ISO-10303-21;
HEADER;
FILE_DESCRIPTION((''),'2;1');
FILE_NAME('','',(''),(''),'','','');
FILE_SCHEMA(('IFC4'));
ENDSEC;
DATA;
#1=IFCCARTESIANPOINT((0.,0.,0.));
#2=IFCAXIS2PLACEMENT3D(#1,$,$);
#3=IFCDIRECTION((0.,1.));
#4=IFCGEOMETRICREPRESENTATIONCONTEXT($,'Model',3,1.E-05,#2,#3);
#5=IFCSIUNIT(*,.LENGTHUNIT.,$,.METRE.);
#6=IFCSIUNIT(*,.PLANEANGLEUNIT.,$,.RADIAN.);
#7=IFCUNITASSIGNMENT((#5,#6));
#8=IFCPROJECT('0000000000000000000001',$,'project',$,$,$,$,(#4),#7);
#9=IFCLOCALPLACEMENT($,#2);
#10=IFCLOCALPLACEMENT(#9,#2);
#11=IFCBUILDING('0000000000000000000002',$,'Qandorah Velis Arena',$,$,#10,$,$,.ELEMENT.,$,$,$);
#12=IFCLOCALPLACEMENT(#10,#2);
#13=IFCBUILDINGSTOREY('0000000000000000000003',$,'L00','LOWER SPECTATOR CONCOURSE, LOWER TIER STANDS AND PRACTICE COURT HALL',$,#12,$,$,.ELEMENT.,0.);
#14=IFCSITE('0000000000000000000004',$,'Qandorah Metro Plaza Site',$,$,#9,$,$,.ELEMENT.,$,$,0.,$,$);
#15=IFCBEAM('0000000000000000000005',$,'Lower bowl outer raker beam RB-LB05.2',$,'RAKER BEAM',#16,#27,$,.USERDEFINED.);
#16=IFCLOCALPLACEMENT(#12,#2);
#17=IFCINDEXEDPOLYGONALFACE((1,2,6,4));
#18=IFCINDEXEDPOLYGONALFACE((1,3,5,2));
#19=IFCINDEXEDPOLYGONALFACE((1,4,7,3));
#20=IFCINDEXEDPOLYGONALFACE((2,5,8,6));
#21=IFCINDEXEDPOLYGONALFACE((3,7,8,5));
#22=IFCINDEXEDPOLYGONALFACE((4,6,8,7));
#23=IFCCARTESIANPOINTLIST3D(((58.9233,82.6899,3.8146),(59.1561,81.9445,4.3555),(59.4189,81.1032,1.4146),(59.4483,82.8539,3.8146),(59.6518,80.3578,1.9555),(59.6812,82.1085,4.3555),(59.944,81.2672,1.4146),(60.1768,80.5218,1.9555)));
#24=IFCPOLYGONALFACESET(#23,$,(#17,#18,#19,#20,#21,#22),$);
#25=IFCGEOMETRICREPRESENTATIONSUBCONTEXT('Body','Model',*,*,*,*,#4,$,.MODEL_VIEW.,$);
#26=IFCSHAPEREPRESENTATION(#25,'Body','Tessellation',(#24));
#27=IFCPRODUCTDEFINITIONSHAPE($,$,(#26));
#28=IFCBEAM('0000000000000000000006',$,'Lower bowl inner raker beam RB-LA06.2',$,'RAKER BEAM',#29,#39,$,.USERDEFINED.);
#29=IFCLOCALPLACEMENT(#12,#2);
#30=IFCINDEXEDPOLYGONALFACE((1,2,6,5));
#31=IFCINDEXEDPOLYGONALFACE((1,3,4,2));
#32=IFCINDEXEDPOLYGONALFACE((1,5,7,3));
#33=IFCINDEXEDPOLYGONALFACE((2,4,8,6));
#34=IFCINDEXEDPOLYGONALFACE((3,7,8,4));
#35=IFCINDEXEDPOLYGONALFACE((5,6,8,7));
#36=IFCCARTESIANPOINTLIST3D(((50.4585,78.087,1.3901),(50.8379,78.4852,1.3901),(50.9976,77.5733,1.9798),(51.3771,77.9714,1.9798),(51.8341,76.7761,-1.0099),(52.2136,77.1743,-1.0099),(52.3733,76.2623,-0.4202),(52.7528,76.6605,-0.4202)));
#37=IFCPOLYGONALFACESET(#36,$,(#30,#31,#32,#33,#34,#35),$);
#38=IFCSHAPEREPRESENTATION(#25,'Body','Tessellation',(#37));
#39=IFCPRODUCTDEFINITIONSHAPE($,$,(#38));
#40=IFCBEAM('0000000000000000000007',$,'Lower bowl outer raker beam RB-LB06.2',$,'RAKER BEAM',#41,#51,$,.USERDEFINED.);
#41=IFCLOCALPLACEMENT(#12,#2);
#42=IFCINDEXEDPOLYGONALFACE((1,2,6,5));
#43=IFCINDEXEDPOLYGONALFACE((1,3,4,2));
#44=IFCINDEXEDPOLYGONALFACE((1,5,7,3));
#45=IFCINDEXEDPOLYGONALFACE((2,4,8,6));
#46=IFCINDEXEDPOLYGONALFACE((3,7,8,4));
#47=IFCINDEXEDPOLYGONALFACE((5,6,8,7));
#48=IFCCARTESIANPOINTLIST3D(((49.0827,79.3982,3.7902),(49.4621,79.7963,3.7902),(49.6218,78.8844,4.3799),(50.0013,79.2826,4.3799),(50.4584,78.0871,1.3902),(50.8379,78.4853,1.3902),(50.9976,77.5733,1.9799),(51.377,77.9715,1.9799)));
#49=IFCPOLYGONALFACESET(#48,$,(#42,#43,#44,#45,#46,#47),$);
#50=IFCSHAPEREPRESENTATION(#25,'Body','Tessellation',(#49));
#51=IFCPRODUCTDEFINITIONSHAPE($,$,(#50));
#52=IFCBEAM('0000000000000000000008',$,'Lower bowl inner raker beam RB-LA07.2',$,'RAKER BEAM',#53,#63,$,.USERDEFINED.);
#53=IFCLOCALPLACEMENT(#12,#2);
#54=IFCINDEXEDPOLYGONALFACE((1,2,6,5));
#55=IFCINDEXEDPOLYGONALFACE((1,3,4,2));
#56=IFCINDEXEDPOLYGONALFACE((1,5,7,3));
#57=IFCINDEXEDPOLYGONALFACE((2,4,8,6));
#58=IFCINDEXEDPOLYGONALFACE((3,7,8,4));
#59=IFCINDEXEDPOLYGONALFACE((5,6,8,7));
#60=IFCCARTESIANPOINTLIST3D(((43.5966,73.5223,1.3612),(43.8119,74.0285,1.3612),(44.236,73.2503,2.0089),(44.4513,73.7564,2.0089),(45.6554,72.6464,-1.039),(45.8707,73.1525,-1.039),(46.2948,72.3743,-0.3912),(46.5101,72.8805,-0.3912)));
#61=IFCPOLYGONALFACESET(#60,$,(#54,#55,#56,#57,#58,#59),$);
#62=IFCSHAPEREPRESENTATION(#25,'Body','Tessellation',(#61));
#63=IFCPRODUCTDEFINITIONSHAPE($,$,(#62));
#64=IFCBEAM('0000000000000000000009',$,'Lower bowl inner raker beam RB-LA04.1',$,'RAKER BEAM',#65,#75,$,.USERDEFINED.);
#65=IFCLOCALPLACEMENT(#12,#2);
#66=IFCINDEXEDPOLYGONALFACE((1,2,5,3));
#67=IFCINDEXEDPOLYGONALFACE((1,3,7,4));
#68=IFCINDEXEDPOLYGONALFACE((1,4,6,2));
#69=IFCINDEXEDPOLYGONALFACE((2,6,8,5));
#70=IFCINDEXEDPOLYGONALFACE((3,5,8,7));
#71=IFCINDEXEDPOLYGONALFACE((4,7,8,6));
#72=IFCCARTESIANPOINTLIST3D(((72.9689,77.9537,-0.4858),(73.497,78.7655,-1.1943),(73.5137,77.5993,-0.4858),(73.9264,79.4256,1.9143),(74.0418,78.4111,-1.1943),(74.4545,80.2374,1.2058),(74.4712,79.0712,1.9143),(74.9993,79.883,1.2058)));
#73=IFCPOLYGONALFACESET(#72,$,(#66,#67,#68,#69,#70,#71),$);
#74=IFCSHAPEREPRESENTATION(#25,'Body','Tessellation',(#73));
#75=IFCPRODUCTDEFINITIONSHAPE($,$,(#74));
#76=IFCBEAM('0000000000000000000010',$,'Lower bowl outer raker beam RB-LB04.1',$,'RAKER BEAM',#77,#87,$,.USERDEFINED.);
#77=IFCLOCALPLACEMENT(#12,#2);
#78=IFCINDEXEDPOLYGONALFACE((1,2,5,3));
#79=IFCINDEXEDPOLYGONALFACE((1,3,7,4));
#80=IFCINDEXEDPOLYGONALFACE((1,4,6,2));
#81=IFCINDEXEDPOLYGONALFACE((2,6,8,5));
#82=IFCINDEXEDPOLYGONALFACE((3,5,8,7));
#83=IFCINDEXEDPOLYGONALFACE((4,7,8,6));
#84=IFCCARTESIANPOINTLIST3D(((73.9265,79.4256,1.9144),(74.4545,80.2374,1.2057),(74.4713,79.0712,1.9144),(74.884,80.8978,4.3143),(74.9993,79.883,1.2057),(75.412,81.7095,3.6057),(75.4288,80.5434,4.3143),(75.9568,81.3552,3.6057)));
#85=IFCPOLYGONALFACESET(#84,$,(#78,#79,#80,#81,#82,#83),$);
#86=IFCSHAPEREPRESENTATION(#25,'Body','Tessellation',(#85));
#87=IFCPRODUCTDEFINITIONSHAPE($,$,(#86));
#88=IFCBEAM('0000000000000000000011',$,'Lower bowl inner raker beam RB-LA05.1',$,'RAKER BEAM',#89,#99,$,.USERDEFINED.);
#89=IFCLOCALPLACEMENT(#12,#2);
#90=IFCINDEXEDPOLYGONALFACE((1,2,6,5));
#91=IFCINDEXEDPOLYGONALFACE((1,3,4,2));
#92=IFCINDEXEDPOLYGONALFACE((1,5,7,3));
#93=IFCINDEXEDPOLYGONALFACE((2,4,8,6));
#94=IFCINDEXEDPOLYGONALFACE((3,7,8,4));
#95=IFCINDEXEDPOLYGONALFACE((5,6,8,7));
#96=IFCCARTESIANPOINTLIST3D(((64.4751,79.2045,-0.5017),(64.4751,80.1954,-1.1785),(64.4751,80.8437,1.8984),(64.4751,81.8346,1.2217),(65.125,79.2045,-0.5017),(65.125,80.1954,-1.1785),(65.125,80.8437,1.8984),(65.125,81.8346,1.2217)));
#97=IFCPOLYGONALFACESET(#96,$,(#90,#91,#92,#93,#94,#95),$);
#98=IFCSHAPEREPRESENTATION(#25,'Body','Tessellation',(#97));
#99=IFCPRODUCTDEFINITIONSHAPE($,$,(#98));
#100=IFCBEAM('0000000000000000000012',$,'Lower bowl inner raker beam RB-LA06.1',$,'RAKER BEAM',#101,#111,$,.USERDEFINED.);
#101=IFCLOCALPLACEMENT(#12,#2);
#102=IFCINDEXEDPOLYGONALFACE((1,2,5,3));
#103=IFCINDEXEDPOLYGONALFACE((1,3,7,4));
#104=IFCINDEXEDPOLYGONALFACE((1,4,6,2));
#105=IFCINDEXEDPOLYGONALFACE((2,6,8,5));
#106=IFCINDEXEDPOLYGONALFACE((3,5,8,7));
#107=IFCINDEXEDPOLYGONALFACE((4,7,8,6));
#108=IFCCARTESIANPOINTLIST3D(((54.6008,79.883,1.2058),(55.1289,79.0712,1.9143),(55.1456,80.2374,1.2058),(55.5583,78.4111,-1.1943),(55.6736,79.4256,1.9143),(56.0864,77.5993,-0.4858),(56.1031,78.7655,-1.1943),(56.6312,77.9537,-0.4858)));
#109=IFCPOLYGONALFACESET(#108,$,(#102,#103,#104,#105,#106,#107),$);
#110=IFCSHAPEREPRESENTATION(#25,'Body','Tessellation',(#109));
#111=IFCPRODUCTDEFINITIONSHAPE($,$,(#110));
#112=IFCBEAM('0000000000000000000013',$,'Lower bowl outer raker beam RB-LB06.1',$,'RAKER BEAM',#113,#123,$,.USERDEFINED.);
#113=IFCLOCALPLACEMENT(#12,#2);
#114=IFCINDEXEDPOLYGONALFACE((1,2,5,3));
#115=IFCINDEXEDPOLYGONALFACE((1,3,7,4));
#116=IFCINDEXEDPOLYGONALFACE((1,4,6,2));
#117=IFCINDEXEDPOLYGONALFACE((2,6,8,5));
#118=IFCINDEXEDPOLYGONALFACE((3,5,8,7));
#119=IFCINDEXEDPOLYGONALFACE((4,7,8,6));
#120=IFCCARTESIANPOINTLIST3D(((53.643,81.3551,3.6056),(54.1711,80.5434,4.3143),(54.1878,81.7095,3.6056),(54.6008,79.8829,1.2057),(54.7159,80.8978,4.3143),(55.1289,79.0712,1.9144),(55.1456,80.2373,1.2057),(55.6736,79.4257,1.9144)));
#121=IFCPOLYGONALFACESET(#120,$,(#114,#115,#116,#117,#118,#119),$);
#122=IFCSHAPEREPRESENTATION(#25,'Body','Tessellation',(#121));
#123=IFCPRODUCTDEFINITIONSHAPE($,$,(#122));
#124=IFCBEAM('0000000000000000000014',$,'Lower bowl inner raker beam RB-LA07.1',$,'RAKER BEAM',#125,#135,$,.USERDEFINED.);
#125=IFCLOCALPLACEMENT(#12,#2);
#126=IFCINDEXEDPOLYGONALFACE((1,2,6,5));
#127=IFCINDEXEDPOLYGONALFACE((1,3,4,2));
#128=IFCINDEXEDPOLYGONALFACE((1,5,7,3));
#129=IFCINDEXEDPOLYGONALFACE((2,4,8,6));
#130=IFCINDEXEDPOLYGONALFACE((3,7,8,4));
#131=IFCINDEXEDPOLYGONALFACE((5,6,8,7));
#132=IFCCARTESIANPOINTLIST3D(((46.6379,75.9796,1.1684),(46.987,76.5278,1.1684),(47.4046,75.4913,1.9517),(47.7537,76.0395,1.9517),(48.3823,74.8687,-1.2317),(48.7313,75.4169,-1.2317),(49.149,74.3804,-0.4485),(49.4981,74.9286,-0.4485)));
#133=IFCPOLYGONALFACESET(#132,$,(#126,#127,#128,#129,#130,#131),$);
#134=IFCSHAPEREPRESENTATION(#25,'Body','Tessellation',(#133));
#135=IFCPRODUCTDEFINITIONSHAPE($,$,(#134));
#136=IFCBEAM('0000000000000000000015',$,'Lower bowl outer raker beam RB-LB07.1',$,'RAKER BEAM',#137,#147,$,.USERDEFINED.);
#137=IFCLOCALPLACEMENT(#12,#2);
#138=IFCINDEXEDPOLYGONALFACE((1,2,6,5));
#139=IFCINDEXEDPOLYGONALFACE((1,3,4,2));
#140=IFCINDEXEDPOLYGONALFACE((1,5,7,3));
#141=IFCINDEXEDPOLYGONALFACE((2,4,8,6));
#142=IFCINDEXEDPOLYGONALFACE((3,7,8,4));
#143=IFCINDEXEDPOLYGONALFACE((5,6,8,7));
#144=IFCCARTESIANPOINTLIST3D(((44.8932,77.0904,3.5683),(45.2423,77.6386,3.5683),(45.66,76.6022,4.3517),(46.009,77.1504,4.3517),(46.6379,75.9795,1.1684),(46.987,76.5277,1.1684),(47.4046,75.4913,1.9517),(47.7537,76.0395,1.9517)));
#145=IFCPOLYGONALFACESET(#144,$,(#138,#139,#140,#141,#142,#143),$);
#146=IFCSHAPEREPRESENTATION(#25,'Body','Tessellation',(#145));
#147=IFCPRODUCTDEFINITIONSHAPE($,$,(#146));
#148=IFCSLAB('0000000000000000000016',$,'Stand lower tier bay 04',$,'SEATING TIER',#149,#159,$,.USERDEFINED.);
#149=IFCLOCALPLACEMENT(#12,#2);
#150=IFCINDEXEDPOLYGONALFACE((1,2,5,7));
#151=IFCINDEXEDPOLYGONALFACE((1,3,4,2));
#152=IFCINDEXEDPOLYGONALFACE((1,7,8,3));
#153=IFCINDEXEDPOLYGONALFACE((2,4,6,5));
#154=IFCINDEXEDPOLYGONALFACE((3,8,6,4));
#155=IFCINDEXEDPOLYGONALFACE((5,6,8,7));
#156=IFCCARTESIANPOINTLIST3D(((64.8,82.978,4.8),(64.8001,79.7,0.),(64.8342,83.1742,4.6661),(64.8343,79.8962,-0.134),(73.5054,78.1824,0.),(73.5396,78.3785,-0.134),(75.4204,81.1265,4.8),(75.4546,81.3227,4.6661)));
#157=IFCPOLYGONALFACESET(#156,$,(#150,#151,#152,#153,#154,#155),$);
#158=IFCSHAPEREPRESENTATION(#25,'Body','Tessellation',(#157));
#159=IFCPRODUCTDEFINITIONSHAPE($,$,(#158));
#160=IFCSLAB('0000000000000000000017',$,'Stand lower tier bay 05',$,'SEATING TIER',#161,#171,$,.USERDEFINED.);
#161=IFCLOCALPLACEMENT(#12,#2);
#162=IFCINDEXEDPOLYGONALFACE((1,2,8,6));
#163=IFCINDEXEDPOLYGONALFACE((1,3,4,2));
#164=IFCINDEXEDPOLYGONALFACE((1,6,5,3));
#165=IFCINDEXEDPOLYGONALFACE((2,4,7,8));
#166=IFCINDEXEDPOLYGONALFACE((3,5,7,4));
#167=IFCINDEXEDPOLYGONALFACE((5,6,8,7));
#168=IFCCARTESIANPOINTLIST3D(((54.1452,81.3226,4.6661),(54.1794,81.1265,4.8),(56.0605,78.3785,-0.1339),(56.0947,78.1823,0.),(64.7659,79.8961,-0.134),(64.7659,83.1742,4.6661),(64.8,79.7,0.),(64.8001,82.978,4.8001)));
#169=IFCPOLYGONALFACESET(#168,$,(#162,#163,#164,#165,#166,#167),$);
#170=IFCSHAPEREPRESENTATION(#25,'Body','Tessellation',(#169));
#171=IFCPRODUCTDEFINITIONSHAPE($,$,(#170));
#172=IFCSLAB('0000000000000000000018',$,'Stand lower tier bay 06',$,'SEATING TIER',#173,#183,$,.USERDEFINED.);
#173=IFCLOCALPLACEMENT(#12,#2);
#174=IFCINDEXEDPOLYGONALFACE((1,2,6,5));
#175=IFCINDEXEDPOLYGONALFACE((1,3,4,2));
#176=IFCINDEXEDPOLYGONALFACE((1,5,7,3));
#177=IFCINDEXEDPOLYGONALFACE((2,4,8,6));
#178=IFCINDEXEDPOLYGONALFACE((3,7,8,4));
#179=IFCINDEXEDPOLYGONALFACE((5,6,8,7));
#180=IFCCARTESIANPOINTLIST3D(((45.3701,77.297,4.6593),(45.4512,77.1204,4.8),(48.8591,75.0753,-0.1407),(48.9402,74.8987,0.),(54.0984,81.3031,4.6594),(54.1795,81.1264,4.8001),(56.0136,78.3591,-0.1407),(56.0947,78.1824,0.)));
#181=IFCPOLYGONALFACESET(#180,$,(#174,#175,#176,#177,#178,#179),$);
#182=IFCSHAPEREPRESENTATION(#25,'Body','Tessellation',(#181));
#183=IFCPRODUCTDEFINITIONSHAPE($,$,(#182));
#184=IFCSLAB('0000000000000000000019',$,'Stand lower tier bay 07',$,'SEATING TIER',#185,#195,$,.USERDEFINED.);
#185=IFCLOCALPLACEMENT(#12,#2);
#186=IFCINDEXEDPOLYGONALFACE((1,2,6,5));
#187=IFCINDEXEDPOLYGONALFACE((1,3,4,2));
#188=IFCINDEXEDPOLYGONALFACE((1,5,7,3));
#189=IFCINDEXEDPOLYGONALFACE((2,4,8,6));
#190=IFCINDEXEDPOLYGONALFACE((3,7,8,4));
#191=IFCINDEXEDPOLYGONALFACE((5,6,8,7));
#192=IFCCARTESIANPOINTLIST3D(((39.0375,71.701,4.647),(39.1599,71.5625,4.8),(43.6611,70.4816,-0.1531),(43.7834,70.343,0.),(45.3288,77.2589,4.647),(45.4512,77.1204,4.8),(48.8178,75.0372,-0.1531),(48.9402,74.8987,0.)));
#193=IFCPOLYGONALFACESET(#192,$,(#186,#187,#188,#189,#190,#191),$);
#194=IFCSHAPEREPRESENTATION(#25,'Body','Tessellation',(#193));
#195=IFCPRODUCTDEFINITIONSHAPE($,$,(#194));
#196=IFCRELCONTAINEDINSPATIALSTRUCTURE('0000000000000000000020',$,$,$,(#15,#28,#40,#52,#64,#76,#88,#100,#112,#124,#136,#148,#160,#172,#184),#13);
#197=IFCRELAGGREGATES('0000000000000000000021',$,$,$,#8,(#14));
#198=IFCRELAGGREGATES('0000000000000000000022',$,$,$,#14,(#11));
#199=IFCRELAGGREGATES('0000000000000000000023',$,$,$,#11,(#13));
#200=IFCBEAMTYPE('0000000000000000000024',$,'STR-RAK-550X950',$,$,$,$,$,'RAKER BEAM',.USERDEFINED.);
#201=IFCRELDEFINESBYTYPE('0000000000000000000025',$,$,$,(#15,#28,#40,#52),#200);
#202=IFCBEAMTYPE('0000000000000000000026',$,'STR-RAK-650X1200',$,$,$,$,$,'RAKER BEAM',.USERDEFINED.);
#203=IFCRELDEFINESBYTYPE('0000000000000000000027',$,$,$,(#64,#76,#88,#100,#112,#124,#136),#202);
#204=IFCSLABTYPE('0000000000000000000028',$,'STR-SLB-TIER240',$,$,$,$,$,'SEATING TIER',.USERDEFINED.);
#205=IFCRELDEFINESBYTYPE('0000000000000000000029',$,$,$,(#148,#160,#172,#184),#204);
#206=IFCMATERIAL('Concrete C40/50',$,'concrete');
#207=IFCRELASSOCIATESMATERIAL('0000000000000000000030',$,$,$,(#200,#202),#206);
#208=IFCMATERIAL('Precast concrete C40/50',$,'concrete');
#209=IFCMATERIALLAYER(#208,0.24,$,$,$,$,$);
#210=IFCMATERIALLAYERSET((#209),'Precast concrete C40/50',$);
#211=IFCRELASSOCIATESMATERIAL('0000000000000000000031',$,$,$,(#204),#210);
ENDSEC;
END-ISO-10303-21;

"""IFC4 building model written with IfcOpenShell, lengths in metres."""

from ifc_helpers import new_model, si_unit, direction, frame, origin, origin_2d, place, context, subcontext, project, spatial, polyline, rectangle, outline, extrude, material, layer, layer_set, material_profile, profile_set, type_object, element, save


model = new_model("IFC4")

# Units and contexts
model_context = context("Model", 3, precision=1e-05, world=origin(), true_north=direction((0.0, 1.0)))
body_context = subcontext(model_context, "Body", "Model", "MODEL_VIEW")
ifc_project = project(units=[si_unit("LENGTHUNIT", "METRE"), si_unit("PLANEANGLEUNIT", "RADIAN")], contexts=[model_context])

# Site, building, storey
site_placement = place(None, origin())
site = spatial("IfcSite", under=ifc_project, at=site_placement, Name="Qandorah Metro Plaza Site", CompositionType="ELEMENT", RefElevation=0.0)
building_placement = place(site_placement, origin())
building = spatial("IfcBuilding", under=site, at=building_placement, Name="Qandorah Velis Arena", CompositionType="ELEMENT")
storey_placement = place(building_placement, origin())
storey = spatial("IfcBuildingStorey", under=building, at=storey_placement, Name="L00", Description="LOWER SPECTATOR CONCOURSE, LOWER TIER STANDS AND PRACTICE COURT HALL", CompositionType="ELEMENT", Elevation=0.0)

# Shared definitions
ifc_material_1 = material(Name="Concrete C40/50", Category="concrete")

# Beams
ifc_material_profile_1 = material_profile(ifc_material_1, rectangle(XDim=0.55, YDim=0.95, at=origin_2d()), Name="RC RAKER 550x950")
ifc_profile_set_1 = profile_set([ifc_material_profile_1], Name="Concrete C40/50")
beam_type_1 = type_object("IfcBeamType", Name="STR-RAK-550X950", ElementType="RAKER BEAM", PredefinedType="USERDEFINED", material=ifc_profile_set_1)
beam_1_placement = place(storey_placement, frame((59.7979, 80.8125, 1.6851), z_axis=(-0.169765, 0.543499, 0.822064), x_axis=(-0.954519, -0.29815, 0.0)))
element("IfcBeam", 1, at=beam_1_placement, inside=storey, type_object=beam_type_1, Name="Lower bowl outer raker beam RB-LB05.2", ObjectType="RAKER BEAM", PredefinedType="USERDEFINED", context=body_context, shape_type="SweptSolid", body=[
    extrude(rectangle(XDim=0.55, YDim=0.95, at=origin_2d()), origin(), (0.0, 0.0, 1.0), 2.9194),
])
for number, where, z_axis, x_axis, name in (
    (2, (52.2935, 76.7183, -0.7151), (-0.44938, 0.428247, 0.784003), (-0.68988, -0.723924, 0.0), "Lower bowl inner raker beam RB-LA06.2"),
    (3, (50.9177, 78.0293, 1.6851), (-0.449409, 0.428274, 0.783973), (-0.68988, -0.723924, 0.0), "Lower bowl outer raker beam RB-LB06.2"),
):
    element("IfcBeam", number, at=place(storey_placement, frame(where, z_axis=z_axis, x_axis=x_axis)), inside=storey, type_object=beam_type_1, Name=name, ObjectType="RAKER BEAM", PredefinedType="USERDEFINED", context=body_context, shape_type="SweptSolid", body=[
        extrude(rectangle(XDim=0.55, YDim=0.95, at=origin_2d()), origin(), (0.0, 0.0, 1.0), 3.0613),
    ])
beam_2_placement = place(storey_placement, frame((46.0828, 72.7634, -0.7151), z_axis=(-0.627448, 0.266961, 0.731465), x_axis=(-0.391508, -0.920175, 0.0)))
element("IfcBeam", 4, at=beam_2_placement, inside=storey, type_object=beam_type_1, Name="Lower bowl inner raker beam RB-LA07.2", ObjectType="RAKER BEAM", PredefinedType="USERDEFINED", context=body_context, shape_type="SweptSolid", body=[
    extrude(rectangle(XDim=0.55, YDim=0.95, at=origin_2d()), origin(), (0.0, 0.0, 1.0), 3.2812),
])
ifc_material_profile_2 = material_profile(ifc_material_1, rectangle(XDim=0.6499, YDim=1.2, at=origin_2d()), Name="RC RAKER 650x1200")
ifc_profile_set_2 = profile_set([ifc_material_profile_2], Name="Concrete C40/50")
beam_type_2 = type_object("IfcBeamType", Name="STR-RAK-650X1200", ElementType="RAKER BEAM", PredefinedType="USERDEFINED", material=ifc_profile_set_2)
for number, where, z_axis, x_axis, name in (
    (5, (73.5054, 78.1824, -0.8401), (0.321974, 0.494947, 0.807069), (-0.838243, 0.545296, 0.0), "Lower bowl inner raker beam RB-LA04.1"),
    (6, (74.4629, 79.6543, 1.5601), (0.321982, 0.495041, 0.807008), (-0.838285, 0.545233, 0.0), "Lower bowl outer raker beam RB-LB04.1"),
):
    element("IfcBeam", number, at=place(storey_placement, frame(where, z_axis=z_axis, x_axis=x_axis)), inside=storey, type_object=beam_type_2, Name=name, ObjectType="RAKER BEAM", PredefinedType="USERDEFINED", context=body_context, shape_type="SweptSolid", body=[
        extrude(rectangle(XDim=0.6499, YDim=1.2, at=origin_2d()), origin(), (0.0, 0.0, 1.0), 2.9739),
    ])
beam_3_placement = place(storey_placement, frame((64.8, 79.7, -0.8401), z_axis=(0.0, 0.56397, 0.825795), x_axis=(-1.0, 0.0, 0.0)))
element("IfcBeam", 7, at=beam_3_placement, inside=storey, type_object=beam_type_2, Name="Lower bowl inner raker beam RB-LA05.1", ObjectType="RAKER BEAM", PredefinedType="USERDEFINED", context=body_context, shape_type="SweptSolid", body=[
    extrude(rectangle(XDim=0.6499, YDim=1.2, at=origin_2d()), origin(), (0.0, 0.0, 1.0), 2.9065),
])
for number, where, z_axis, x_axis, name in (
    (8, (56.0947, 78.1824, -0.8401), (-0.321974, 0.494947, 0.807069), (-0.838243, -0.545296, 0.0), "Lower bowl inner raker beam RB-LA06.1"),
    (9, (55.1372, 79.6543, 1.5601), (-0.322056, 0.495028, 0.806986), (-0.838221, -0.54533, 0.0), "Lower bowl outer raker beam RB-LB06.1"),
):
    element("IfcBeam", number, at=place(storey_placement, frame(where, z_axis=z_axis, x_axis=x_axis)), inside=storey, type_object=beam_type_2, Name=name, ObjectType="RAKER BEAM", PredefinedType="USERDEFINED", context=body_context, shape_type="SweptSolid", body=[
        extrude(rectangle(XDim=0.6499, YDim=1.2, at=origin_2d()), origin(), (0.0, 0.0, 1.0), 2.9739),
    ])
for number, where, z_axis, x_axis, name in (
    (10, (48.9402, 74.8987, -0.8401), (-0.55059, 0.350621, 0.757572), (-0.537143, -0.843491, 0.0), "Lower bowl inner raker beam RB-LA07.1"),
    (11, (47.1958, 76.0095, 1.5601), (-0.550676, 0.350626, 0.757507), (-0.537089, -0.843525, 0.0), "Lower bowl outer raker beam RB-LB07.1"),
):
    element("IfcBeam", number, at=place(storey_placement, frame(where, z_axis=z_axis, x_axis=x_axis)), inside=storey, type_object=beam_type_2, Name=name, ObjectType="RAKER BEAM", PredefinedType="USERDEFINED", context=body_context, shape_type="SweptSolid", body=[
        extrude(rectangle(XDim=0.6499, YDim=1.2, at=origin_2d()), origin(), (0.0, 0.0, 1.0), 3.1682),
    ])

# Slabs
ifc_material_2 = material(Name="Precast concrete C40/50", Category="concrete")
ifc_layer = layer(ifc_material_2, 0.24)
ifc_layer_set = layer_set([ifc_layer], Name="Precast concrete C40/50")
slab_type = type_object("IfcSlabType", Name="STR-SLB-TIER240", ElementType="SEATING TIER", PredefinedType="USERDEFINED", material=ifc_layer_set)
slab_1_placement = place(storey_placement, frame((73.5054, 78.1824, 0.0), z_axis=(-0.142498, -0.817379, 0.558198), x_axis=(-0.985142, 0.171742, -0.000003)))
element("IfcSlab", 12, at=slab_1_placement, inside=storey, type_object=slab_type, Name="Stand lower tier bay 04", ObjectType="SEATING TIER", PredefinedType="USERDEFINED", context=body_context, shape_type="SweptSolid", body=[
    extrude(outline(polyline([(0.0, 0.0), (8.8366, 0.0), (9.3996, -5.7853), (-1.381, -5.7852), (0.0, 0.0)])), origin(), (0.0, 0.0, -1.0), 0.24),
])
slab_2_placement = place(storey_placement, frame((64.8, 79.7, 0.0), z_axis=(0.142496, -0.817378, 0.558201), x_axis=(-0.985142, -0.171741, 0.000002)))
element("IfcSlab", 13, at=slab_2_placement, inside=storey, type_object=slab_type, Name="Stand lower tier bay 05", ObjectType="SEATING TIER", PredefinedType="USERDEFINED", context=body_context, shape_type="SweptSolid", body=[
    extrude(outline(polyline([(0.0, 0.0), (8.8366, 0.0), (10.2178, -5.7852), (-0.563, -5.7853), (0.0, 0.0)])), origin(), (0.0, 0.0, -1.0), 0.24),
])
slab_3_placement = place(storey_placement, frame((56.0947, 78.1824, 0.0), z_axis=(0.337899, -0.736205, 0.586367), x_axis=(-0.908845, -0.417134, 0.000003)))
element("IfcSlab", 14, at=slab_3_placement, inside=storey, type_object=slab_type, Name="Stand lower tier bay 06", ObjectType="SEATING TIER", PredefinedType="USERDEFINED", context=body_context, shape_type="SweptSolid", body=[
    extrude(outline(polyline([(0.0, 0.0), (7.8721, 0.0), (10.1164, -5.9256), (0.5126, -5.9257), (0.0, 0.0)])), origin(), (0.0, 0.0, -1.0), 0.24),
])
slab_4_placement = place(storey_placement, frame((48.9402, 74.8987, 0.0), z_axis=(0.509925, -0.57721, 0.637813), x_axis=(-0.749435, -0.662077, -0.000002)))
element("IfcSlab", 15, at=slab_4_placement, inside=storey, type_object=slab_type, Name="Stand lower tier bay 07", ObjectType="SEATING TIER", PredefinedType="USERDEFINED", context=body_context, shape_type="SweptSolid", body=[
    extrude(outline(polyline([(0.0, 0.0), (6.8808, 0.0), (9.5385, -6.2323), (1.1439, -6.2323), (0.0, 0.0)])), origin(), (0.0, 0.0, -1.0), 0.24),
])

save(model, "model.ifc")
